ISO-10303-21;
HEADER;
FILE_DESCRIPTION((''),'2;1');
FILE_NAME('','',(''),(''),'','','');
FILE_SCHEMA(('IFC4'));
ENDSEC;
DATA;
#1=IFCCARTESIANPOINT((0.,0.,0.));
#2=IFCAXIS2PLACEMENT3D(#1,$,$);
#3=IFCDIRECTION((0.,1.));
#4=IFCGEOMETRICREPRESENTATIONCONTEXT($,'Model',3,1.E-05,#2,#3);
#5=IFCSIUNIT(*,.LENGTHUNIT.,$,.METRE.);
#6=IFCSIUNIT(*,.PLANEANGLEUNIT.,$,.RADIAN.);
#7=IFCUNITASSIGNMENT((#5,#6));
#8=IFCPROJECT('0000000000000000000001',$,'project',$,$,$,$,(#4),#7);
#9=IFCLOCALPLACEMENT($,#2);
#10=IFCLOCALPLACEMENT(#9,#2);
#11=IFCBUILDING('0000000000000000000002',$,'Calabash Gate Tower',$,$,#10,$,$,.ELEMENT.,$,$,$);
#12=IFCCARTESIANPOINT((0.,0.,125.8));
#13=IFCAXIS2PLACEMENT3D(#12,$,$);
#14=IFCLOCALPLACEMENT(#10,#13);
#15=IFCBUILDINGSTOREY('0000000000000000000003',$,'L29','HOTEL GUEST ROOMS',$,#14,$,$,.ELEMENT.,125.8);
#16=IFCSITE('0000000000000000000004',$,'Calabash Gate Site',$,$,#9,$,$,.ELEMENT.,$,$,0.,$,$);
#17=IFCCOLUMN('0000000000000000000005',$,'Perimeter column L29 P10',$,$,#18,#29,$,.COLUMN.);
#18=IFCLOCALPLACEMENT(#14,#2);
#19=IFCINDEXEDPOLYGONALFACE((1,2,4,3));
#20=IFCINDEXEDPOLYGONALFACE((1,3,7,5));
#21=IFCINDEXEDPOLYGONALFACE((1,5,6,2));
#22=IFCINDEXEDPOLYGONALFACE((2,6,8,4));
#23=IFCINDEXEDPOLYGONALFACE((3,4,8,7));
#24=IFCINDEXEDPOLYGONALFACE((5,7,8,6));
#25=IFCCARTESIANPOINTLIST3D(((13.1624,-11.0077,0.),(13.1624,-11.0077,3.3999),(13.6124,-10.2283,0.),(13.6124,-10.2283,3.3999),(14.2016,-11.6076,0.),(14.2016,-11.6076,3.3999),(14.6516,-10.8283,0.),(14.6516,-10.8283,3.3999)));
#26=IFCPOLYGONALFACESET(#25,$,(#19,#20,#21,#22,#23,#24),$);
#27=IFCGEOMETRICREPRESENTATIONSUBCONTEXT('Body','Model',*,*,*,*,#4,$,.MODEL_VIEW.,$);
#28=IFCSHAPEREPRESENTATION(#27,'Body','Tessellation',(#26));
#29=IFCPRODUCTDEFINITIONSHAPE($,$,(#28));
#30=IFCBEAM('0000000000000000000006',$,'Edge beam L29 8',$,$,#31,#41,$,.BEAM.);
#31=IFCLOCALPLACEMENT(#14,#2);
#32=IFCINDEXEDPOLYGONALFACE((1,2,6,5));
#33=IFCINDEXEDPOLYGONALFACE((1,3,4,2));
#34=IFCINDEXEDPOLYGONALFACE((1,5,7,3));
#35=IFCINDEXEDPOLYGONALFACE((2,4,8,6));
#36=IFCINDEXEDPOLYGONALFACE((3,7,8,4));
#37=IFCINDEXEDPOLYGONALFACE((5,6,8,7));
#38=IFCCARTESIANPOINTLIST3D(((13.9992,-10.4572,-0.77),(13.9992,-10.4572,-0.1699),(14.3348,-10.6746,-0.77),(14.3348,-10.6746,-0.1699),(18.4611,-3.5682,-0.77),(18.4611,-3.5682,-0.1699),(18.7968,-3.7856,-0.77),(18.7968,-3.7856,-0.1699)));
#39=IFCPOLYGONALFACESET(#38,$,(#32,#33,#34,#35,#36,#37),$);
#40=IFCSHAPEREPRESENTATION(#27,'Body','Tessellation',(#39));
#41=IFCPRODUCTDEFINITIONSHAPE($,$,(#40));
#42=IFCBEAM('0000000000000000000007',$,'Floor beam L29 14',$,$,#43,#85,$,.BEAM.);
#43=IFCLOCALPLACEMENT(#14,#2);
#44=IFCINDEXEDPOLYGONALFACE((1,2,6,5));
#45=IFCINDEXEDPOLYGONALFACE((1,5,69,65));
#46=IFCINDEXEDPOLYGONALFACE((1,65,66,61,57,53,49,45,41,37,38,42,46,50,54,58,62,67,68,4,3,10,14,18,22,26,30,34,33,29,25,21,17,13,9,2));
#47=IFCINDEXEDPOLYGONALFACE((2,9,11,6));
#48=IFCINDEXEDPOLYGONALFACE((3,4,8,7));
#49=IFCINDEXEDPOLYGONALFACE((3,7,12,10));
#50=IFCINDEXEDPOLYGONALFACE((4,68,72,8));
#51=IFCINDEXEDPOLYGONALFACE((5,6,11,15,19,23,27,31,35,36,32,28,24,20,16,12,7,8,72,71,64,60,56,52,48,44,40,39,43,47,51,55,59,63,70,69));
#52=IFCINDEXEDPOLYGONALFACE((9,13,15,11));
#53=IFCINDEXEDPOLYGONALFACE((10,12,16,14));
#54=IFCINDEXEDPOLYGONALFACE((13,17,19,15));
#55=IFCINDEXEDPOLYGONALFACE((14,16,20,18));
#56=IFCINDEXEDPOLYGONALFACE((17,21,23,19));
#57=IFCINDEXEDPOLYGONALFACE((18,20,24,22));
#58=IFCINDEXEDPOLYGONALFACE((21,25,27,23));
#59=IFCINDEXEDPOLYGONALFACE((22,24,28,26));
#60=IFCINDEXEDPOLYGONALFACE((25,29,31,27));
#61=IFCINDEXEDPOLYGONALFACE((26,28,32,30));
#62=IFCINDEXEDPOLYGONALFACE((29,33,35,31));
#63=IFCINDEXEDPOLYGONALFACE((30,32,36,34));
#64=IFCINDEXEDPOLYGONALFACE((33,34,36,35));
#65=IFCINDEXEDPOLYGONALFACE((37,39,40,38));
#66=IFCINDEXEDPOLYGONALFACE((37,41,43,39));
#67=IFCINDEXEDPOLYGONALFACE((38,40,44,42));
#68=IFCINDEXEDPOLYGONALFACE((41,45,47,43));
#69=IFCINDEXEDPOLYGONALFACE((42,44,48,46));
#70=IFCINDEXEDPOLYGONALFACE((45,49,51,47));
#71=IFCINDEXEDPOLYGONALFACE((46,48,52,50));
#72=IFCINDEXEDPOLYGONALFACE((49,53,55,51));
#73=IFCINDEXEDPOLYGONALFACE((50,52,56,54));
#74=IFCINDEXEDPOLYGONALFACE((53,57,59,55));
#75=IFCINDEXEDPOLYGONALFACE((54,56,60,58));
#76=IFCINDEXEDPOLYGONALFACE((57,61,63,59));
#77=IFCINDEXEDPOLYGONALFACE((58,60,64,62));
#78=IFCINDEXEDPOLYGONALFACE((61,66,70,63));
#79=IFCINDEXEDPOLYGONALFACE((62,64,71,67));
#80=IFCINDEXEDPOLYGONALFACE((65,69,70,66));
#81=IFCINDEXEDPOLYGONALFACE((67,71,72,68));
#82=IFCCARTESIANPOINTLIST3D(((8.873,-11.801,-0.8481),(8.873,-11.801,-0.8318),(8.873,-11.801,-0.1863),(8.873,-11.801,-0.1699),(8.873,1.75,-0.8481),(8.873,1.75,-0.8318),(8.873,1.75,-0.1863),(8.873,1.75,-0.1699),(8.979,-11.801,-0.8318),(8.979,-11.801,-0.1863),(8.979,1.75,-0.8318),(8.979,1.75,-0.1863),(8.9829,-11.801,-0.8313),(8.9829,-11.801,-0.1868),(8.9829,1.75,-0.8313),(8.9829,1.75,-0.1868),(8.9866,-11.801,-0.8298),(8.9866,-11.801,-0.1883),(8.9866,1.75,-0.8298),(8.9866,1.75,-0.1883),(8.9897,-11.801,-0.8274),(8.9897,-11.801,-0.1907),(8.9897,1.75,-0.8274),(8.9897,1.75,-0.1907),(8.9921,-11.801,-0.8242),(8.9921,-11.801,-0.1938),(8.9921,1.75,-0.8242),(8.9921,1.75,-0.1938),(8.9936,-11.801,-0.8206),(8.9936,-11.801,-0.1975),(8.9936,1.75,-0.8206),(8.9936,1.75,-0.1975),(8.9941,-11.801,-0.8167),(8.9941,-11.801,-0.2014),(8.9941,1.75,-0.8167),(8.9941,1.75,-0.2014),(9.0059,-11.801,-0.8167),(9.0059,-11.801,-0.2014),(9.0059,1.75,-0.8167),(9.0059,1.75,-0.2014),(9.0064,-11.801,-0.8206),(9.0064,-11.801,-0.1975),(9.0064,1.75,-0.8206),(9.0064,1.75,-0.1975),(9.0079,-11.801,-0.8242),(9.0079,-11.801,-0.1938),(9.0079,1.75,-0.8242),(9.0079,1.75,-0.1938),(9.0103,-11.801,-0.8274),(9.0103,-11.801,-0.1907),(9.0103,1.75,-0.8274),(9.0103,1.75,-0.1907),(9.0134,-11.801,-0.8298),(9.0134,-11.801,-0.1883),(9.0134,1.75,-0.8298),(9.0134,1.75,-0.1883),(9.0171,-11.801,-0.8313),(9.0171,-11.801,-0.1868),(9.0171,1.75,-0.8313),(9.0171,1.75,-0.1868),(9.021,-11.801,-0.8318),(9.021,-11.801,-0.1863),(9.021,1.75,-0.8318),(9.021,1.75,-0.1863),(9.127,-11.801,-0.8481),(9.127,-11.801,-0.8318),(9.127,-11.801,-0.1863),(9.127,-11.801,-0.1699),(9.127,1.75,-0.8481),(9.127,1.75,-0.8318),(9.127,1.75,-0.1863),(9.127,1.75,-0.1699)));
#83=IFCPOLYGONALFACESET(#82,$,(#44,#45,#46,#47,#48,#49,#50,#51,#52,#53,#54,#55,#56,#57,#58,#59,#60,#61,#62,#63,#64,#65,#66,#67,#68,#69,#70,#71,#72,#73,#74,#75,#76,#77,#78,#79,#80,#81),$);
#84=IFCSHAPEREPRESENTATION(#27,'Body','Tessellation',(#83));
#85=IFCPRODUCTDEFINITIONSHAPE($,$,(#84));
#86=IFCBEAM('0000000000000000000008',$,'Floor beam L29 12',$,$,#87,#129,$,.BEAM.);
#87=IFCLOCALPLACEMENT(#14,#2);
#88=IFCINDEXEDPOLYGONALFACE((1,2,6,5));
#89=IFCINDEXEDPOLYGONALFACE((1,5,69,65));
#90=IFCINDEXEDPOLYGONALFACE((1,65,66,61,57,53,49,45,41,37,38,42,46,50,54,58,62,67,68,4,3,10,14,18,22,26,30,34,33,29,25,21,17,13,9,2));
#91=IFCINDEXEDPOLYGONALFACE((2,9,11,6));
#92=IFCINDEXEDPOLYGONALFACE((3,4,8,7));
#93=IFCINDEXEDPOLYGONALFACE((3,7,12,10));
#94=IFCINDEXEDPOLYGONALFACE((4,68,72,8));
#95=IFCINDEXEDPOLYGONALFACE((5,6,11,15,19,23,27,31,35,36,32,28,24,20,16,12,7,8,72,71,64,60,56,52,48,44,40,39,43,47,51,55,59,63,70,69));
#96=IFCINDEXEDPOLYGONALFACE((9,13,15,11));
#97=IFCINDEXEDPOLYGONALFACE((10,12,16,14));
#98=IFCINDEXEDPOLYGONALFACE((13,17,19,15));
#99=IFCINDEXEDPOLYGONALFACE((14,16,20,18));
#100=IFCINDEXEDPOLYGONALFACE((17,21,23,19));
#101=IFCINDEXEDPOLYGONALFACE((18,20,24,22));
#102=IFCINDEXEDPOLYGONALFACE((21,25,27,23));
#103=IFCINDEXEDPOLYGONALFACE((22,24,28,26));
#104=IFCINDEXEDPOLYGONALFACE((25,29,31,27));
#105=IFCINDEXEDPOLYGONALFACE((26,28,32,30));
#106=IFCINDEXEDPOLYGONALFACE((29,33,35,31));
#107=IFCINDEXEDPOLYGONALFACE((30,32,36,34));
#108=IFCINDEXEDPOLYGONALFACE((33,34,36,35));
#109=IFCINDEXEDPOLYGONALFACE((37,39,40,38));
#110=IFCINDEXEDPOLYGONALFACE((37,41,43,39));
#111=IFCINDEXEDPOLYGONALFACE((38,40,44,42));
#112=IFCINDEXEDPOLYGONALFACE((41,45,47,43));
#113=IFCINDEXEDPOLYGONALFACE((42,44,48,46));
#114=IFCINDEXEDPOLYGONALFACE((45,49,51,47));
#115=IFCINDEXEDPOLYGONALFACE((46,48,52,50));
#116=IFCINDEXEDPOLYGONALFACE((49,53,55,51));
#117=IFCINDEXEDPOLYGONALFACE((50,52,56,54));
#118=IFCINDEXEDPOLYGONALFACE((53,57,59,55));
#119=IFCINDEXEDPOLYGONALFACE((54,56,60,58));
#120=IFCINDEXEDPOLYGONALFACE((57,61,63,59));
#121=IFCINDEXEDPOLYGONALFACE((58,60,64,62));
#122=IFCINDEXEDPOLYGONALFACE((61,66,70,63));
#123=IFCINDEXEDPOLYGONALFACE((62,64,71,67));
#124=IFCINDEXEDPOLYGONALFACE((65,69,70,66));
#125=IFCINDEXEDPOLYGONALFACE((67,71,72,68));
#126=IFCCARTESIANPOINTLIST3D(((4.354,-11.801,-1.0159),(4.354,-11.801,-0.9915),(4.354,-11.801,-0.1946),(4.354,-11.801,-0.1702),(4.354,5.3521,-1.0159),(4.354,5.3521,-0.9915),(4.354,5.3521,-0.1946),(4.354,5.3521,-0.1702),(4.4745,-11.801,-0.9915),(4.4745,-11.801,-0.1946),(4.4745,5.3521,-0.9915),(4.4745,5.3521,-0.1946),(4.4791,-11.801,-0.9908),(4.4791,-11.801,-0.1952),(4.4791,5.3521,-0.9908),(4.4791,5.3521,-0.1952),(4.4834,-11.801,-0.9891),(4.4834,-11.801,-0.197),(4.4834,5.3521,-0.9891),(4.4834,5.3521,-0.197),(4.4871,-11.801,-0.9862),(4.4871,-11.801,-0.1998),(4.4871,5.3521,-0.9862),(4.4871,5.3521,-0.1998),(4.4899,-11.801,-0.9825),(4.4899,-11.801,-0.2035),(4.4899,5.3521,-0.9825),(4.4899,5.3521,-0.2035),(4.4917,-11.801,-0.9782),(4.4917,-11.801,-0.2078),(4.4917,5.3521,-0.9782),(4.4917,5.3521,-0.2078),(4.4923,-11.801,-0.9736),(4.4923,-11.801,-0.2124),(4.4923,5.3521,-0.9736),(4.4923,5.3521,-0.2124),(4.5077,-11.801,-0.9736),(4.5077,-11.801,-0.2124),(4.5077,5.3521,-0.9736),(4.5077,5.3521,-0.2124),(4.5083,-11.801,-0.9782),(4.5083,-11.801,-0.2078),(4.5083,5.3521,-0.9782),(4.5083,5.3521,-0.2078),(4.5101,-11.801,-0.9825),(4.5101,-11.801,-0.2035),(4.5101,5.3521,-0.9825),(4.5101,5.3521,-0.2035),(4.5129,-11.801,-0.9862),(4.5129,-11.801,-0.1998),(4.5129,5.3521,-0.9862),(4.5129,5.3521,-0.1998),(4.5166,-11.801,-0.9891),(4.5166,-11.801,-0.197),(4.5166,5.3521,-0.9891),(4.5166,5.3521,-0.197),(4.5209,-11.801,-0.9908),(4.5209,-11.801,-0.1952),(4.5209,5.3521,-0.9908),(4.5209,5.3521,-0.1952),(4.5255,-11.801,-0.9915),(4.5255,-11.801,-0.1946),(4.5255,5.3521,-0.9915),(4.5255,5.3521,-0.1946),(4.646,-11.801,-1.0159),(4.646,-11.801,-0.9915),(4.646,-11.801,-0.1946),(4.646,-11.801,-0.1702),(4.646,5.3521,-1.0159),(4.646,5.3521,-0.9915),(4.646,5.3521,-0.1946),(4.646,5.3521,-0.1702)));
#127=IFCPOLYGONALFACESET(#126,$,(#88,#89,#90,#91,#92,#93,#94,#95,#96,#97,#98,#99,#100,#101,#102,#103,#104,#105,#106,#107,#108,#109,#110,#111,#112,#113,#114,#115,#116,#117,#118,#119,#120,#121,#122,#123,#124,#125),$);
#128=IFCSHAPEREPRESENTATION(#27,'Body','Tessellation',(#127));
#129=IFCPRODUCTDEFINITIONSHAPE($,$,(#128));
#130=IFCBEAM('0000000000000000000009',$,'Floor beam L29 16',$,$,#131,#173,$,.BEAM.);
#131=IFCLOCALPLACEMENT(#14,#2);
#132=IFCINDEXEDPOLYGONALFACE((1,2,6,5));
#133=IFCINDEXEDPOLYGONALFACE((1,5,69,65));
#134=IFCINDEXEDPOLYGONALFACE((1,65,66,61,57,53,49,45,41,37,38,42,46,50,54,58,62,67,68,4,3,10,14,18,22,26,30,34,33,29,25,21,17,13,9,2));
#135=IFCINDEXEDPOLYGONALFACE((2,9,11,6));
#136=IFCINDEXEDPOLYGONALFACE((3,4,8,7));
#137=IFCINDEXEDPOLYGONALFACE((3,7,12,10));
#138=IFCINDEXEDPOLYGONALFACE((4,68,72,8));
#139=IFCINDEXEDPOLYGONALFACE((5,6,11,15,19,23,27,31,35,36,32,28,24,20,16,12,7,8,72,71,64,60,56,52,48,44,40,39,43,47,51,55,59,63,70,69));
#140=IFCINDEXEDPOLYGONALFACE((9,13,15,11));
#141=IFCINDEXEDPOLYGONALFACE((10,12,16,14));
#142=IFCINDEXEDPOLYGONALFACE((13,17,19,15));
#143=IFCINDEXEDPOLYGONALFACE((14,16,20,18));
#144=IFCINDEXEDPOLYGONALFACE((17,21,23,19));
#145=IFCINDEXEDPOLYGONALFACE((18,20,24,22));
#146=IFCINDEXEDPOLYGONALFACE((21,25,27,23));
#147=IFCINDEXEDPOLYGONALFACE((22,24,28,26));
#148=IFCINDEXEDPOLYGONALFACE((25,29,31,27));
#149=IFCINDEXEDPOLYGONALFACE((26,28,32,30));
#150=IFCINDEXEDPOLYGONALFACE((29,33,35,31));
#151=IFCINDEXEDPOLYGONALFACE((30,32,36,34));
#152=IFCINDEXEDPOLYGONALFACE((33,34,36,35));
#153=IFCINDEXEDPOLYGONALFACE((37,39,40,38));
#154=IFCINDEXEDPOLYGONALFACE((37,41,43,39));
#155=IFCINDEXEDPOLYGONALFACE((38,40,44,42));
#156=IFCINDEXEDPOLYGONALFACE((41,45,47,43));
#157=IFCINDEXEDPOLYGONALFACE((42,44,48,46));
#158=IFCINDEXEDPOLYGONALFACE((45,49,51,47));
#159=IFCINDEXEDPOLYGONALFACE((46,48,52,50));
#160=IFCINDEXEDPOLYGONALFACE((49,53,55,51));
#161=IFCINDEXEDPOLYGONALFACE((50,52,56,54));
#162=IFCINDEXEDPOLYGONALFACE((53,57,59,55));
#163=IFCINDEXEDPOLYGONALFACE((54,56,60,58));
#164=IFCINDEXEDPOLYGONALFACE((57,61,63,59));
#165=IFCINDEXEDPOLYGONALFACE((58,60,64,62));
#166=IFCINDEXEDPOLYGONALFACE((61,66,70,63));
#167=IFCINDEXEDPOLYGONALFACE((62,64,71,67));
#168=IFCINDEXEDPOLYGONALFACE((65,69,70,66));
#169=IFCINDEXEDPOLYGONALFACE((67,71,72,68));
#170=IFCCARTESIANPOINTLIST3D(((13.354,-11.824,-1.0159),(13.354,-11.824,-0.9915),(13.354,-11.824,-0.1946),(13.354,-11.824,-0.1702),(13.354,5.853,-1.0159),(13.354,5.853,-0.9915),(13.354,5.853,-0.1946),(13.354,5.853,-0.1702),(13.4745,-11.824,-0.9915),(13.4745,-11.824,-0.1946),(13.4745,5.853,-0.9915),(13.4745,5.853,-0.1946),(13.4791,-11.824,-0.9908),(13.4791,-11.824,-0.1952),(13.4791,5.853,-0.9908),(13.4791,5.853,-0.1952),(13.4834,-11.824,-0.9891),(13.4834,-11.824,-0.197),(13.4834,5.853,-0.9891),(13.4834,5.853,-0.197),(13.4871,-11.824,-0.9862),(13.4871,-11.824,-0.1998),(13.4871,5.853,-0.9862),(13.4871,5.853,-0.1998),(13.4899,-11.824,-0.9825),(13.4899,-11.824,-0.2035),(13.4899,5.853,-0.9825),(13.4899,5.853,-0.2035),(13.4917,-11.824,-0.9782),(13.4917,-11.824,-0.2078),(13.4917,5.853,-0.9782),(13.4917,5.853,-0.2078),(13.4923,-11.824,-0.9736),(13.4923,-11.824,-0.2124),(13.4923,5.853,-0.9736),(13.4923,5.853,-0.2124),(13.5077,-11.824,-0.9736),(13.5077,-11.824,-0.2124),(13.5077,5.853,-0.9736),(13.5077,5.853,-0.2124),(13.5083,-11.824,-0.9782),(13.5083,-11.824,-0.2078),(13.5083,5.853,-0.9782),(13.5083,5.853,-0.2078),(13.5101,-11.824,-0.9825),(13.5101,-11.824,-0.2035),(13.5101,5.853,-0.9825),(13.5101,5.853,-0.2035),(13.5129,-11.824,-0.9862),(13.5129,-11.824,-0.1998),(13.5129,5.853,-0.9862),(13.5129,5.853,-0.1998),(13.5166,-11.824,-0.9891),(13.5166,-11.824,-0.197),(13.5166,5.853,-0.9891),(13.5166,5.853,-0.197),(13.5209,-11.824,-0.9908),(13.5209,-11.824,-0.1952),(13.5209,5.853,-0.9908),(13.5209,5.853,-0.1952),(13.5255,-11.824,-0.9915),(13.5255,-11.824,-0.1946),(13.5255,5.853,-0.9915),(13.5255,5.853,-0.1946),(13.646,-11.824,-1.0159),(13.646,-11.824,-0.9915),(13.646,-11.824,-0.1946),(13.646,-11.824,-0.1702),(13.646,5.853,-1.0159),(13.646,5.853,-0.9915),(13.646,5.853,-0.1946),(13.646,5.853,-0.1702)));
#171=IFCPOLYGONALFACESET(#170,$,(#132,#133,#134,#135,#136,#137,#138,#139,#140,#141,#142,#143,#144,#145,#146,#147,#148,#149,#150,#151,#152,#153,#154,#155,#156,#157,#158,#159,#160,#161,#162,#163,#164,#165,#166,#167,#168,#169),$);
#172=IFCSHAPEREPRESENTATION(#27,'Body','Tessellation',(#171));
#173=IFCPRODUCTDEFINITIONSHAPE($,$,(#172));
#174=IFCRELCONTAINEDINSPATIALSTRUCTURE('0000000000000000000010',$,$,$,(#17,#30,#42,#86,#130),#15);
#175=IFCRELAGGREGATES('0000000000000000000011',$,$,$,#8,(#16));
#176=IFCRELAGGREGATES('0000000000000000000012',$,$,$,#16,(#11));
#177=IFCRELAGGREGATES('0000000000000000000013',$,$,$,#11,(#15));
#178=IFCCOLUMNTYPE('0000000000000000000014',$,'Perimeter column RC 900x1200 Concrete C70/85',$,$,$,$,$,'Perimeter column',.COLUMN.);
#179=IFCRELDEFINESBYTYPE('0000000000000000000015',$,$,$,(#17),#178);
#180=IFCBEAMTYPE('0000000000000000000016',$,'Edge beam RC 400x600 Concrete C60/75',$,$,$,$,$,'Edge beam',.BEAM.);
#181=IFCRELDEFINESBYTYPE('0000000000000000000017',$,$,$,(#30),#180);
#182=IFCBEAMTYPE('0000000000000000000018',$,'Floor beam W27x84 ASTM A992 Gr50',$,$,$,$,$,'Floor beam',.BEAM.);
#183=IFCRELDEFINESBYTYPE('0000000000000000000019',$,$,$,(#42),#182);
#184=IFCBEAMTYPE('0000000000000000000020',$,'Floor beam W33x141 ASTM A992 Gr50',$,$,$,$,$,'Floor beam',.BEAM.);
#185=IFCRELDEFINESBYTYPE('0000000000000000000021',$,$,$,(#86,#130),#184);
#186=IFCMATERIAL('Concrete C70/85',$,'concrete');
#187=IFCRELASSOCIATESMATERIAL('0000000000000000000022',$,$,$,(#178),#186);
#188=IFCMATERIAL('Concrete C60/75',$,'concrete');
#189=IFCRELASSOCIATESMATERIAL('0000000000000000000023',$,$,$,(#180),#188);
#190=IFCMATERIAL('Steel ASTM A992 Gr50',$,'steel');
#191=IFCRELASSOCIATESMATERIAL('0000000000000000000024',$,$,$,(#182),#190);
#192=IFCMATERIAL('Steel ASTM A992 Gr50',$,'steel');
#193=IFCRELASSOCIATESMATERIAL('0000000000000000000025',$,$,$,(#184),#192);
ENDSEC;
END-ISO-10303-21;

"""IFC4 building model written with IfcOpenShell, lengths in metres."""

from ifc_helpers import new_model, si_unit, direction, frame, origin, origin_2d, place, context, subcontext, project, spatial, rectangle, i_section, extrude, material, material_profile, profile_set, type_object, element, save


model = new_model("IFC4")

# Units and contexts
model_context = context("Model", 3, precision=1e-05, world=origin(), true_north=direction((0.0, 1.0)))
body_context = subcontext(model_context, "Body", "Model", "MODEL_VIEW")
ifc_project = project(units=[si_unit("LENGTHUNIT", "METRE"), si_unit("PLANEANGLEUNIT", "RADIAN")], contexts=[model_context])

# Site, building, storey
site_placement = place(None, origin())
site = spatial("IfcSite", under=ifc_project, at=site_placement, Name="Calabash Gate Site", CompositionType="ELEMENT", RefElevation=0.0)
building_placement = place(site_placement, origin())
building = spatial("IfcBuilding", under=site, at=building_placement, Name="Calabash Gate Tower", CompositionType="ELEMENT")
storey_placement = place(building_placement, frame((0.0, 0.0, 125.8)))
storey = spatial("IfcBuildingStorey", under=building, at=storey_placement, Name="L29", Description="HOTEL GUEST ROOMS", CompositionType="ELEMENT", Elevation=125.8)

# Column
ifc_material_1 = material(Name="Concrete C70/85", Category="concrete")
ifc_material_profile_1 = material_profile(ifc_material_1, rectangle(XDim=0.8999, YDim=1.2, at=origin_2d()))
ifc_profile_set_1 = profile_set([ifc_material_profile_1], Name="Concrete C70/85")
column_type = type_object("IfcColumnType", Name="Perimeter column RC 900x1200 Concrete C70/85", ElementType="Perimeter column", PredefinedType="COLUMN", material=ifc_profile_set_1)
column_placement = place(storey_placement, frame((13.907, -10.918, 0.0), z_axis=(0.0, 0.0, 1.0), x_axis=(0.5, 0.866025, 0.0)))
element("IfcColumn", 1, at=column_placement, inside=storey, type_object=column_type, Name="Perimeter column L29 P10", PredefinedType="COLUMN", context=body_context, shape_type="SweptSolid", body=[
    extrude(rectangle(XDim=0.8999, YDim=1.2, at=origin_2d()), origin(), (0.0, 0.0, 1.0), 3.3999),
])

# Beams
ifc_material_2 = material(Name="Concrete C60/75", Category="concrete")
ifc_material_profile_2 = material_profile(ifc_material_2, rectangle(XDim=0.3999, YDim=0.6001, at=origin_2d()))
ifc_profile_set_2 = profile_set([ifc_material_profile_2], Name="Concrete C60/75")
beam_type_1 = type_object("IfcBeamType", Name="Edge beam RC 400x600 Concrete C60/75", ElementType="Edge beam", PredefinedType="BEAM", material=ifc_profile_set_2)
beam_1_placement = place(storey_placement, frame((14.167, -10.5659, -0.47), z_axis=(0.543627, 0.839327, 0.0), x_axis=(-0.839327, 0.543627, 0.0)))
element("IfcBeam", 2, at=beam_1_placement, inside=storey, type_object=beam_type_1, Name="Edge beam L29 8", PredefinedType="BEAM", context=body_context, shape_type="SweptSolid", body=[
    extrude(rectangle(XDim=0.3999, YDim=0.6001, at=origin_2d()), origin(), (0.0, 0.0, 1.0), 8.2078),
])
ifc_material_3 = material(Name="Steel ASTM A992 Gr50", Category="steel")
ifc_material_profile_3 = material_profile(ifc_material_3, i_section(OverallWidth=0.2539, OverallDepth=0.6782, WebThickness=0.0117, FlangeThickness=0.0164, FilletRadius=0.0151, at=origin_2d()))
ifc_profile_set_3 = profile_set([ifc_material_profile_3], Name="Steel ASTM A992 Gr50")
beam_type_2 = type_object("IfcBeamType", Name="Floor beam W27x84 ASTM A992 Gr50", ElementType="Floor beam", PredefinedType="BEAM", material=ifc_profile_set_3)
beam_2_placement = place(storey_placement, frame((9.0, -11.801, -0.509), z_axis=(0.0, 1.0, 0.0), x_axis=(-1.0, 0.0, 0.0)))
element("IfcBeam", 3, at=beam_2_placement, inside=storey, type_object=beam_type_2, Name="Floor beam L29 14", PredefinedType="BEAM", context=body_context, shape_type="SweptSolid", body=[
    extrude(i_section(OverallWidth=0.2539, OverallDepth=0.6782, WebThickness=0.0117, FlangeThickness=0.0164, FilletRadius=0.0151, at=origin_2d()), origin(), (0.0, 0.0, 1.0), 13.551),
])
ifc_material_4 = material(Name="Steel ASTM A992 Gr50", Category="steel")
ifc_material_profile_4 = material_profile(ifc_material_4, i_section(OverallWidth=0.292, OverallDepth=0.8457, WebThickness=0.0154, FlangeThickness=0.0244, FilletRadius=0.0178, at=origin_2d()))
ifc_profile_set_4 = profile_set([ifc_material_profile_4], Name="Steel ASTM A992 Gr50")
beam_type_3 = type_object("IfcBeamType", Name="Floor beam W33x141 ASTM A992 Gr50", ElementType="Floor beam", PredefinedType="BEAM", material=ifc_profile_set_4)
beam_3_placement = place(storey_placement, frame((4.5, -11.801, -0.593), z_axis=(0.0, 1.0, 0.0), x_axis=(-1.0, 0.0, 0.0)))
element("IfcBeam", 4, at=beam_3_placement, inside=storey, type_object=beam_type_3, Name="Floor beam L29 12", PredefinedType="BEAM", context=body_context, shape_type="SweptSolid", body=[
    extrude(i_section(OverallWidth=0.292, OverallDepth=0.8457, WebThickness=0.0154, FlangeThickness=0.0244, FilletRadius=0.0178, at=origin_2d()), origin(), (0.0, 0.0, 1.0), 17.1531),
])
beam_4_placement = place(storey_placement, frame((13.5, -11.824, -0.593), z_axis=(0.0, 1.0, 0.0), x_axis=(-1.0, 0.0, 0.0)))
element("IfcBeam", 5, at=beam_4_placement, inside=storey, type_object=beam_type_3, Name="Floor beam L29 16", PredefinedType="BEAM", context=body_context, shape_type="SweptSolid", body=[
    extrude(i_section(OverallWidth=0.292, OverallDepth=0.8457, WebThickness=0.0154, FlangeThickness=0.0244, FilletRadius=0.0178, at=origin_2d()), origin(), (0.0, 0.0, 1.0), 17.677),
])

save(model, "model.ifc")
